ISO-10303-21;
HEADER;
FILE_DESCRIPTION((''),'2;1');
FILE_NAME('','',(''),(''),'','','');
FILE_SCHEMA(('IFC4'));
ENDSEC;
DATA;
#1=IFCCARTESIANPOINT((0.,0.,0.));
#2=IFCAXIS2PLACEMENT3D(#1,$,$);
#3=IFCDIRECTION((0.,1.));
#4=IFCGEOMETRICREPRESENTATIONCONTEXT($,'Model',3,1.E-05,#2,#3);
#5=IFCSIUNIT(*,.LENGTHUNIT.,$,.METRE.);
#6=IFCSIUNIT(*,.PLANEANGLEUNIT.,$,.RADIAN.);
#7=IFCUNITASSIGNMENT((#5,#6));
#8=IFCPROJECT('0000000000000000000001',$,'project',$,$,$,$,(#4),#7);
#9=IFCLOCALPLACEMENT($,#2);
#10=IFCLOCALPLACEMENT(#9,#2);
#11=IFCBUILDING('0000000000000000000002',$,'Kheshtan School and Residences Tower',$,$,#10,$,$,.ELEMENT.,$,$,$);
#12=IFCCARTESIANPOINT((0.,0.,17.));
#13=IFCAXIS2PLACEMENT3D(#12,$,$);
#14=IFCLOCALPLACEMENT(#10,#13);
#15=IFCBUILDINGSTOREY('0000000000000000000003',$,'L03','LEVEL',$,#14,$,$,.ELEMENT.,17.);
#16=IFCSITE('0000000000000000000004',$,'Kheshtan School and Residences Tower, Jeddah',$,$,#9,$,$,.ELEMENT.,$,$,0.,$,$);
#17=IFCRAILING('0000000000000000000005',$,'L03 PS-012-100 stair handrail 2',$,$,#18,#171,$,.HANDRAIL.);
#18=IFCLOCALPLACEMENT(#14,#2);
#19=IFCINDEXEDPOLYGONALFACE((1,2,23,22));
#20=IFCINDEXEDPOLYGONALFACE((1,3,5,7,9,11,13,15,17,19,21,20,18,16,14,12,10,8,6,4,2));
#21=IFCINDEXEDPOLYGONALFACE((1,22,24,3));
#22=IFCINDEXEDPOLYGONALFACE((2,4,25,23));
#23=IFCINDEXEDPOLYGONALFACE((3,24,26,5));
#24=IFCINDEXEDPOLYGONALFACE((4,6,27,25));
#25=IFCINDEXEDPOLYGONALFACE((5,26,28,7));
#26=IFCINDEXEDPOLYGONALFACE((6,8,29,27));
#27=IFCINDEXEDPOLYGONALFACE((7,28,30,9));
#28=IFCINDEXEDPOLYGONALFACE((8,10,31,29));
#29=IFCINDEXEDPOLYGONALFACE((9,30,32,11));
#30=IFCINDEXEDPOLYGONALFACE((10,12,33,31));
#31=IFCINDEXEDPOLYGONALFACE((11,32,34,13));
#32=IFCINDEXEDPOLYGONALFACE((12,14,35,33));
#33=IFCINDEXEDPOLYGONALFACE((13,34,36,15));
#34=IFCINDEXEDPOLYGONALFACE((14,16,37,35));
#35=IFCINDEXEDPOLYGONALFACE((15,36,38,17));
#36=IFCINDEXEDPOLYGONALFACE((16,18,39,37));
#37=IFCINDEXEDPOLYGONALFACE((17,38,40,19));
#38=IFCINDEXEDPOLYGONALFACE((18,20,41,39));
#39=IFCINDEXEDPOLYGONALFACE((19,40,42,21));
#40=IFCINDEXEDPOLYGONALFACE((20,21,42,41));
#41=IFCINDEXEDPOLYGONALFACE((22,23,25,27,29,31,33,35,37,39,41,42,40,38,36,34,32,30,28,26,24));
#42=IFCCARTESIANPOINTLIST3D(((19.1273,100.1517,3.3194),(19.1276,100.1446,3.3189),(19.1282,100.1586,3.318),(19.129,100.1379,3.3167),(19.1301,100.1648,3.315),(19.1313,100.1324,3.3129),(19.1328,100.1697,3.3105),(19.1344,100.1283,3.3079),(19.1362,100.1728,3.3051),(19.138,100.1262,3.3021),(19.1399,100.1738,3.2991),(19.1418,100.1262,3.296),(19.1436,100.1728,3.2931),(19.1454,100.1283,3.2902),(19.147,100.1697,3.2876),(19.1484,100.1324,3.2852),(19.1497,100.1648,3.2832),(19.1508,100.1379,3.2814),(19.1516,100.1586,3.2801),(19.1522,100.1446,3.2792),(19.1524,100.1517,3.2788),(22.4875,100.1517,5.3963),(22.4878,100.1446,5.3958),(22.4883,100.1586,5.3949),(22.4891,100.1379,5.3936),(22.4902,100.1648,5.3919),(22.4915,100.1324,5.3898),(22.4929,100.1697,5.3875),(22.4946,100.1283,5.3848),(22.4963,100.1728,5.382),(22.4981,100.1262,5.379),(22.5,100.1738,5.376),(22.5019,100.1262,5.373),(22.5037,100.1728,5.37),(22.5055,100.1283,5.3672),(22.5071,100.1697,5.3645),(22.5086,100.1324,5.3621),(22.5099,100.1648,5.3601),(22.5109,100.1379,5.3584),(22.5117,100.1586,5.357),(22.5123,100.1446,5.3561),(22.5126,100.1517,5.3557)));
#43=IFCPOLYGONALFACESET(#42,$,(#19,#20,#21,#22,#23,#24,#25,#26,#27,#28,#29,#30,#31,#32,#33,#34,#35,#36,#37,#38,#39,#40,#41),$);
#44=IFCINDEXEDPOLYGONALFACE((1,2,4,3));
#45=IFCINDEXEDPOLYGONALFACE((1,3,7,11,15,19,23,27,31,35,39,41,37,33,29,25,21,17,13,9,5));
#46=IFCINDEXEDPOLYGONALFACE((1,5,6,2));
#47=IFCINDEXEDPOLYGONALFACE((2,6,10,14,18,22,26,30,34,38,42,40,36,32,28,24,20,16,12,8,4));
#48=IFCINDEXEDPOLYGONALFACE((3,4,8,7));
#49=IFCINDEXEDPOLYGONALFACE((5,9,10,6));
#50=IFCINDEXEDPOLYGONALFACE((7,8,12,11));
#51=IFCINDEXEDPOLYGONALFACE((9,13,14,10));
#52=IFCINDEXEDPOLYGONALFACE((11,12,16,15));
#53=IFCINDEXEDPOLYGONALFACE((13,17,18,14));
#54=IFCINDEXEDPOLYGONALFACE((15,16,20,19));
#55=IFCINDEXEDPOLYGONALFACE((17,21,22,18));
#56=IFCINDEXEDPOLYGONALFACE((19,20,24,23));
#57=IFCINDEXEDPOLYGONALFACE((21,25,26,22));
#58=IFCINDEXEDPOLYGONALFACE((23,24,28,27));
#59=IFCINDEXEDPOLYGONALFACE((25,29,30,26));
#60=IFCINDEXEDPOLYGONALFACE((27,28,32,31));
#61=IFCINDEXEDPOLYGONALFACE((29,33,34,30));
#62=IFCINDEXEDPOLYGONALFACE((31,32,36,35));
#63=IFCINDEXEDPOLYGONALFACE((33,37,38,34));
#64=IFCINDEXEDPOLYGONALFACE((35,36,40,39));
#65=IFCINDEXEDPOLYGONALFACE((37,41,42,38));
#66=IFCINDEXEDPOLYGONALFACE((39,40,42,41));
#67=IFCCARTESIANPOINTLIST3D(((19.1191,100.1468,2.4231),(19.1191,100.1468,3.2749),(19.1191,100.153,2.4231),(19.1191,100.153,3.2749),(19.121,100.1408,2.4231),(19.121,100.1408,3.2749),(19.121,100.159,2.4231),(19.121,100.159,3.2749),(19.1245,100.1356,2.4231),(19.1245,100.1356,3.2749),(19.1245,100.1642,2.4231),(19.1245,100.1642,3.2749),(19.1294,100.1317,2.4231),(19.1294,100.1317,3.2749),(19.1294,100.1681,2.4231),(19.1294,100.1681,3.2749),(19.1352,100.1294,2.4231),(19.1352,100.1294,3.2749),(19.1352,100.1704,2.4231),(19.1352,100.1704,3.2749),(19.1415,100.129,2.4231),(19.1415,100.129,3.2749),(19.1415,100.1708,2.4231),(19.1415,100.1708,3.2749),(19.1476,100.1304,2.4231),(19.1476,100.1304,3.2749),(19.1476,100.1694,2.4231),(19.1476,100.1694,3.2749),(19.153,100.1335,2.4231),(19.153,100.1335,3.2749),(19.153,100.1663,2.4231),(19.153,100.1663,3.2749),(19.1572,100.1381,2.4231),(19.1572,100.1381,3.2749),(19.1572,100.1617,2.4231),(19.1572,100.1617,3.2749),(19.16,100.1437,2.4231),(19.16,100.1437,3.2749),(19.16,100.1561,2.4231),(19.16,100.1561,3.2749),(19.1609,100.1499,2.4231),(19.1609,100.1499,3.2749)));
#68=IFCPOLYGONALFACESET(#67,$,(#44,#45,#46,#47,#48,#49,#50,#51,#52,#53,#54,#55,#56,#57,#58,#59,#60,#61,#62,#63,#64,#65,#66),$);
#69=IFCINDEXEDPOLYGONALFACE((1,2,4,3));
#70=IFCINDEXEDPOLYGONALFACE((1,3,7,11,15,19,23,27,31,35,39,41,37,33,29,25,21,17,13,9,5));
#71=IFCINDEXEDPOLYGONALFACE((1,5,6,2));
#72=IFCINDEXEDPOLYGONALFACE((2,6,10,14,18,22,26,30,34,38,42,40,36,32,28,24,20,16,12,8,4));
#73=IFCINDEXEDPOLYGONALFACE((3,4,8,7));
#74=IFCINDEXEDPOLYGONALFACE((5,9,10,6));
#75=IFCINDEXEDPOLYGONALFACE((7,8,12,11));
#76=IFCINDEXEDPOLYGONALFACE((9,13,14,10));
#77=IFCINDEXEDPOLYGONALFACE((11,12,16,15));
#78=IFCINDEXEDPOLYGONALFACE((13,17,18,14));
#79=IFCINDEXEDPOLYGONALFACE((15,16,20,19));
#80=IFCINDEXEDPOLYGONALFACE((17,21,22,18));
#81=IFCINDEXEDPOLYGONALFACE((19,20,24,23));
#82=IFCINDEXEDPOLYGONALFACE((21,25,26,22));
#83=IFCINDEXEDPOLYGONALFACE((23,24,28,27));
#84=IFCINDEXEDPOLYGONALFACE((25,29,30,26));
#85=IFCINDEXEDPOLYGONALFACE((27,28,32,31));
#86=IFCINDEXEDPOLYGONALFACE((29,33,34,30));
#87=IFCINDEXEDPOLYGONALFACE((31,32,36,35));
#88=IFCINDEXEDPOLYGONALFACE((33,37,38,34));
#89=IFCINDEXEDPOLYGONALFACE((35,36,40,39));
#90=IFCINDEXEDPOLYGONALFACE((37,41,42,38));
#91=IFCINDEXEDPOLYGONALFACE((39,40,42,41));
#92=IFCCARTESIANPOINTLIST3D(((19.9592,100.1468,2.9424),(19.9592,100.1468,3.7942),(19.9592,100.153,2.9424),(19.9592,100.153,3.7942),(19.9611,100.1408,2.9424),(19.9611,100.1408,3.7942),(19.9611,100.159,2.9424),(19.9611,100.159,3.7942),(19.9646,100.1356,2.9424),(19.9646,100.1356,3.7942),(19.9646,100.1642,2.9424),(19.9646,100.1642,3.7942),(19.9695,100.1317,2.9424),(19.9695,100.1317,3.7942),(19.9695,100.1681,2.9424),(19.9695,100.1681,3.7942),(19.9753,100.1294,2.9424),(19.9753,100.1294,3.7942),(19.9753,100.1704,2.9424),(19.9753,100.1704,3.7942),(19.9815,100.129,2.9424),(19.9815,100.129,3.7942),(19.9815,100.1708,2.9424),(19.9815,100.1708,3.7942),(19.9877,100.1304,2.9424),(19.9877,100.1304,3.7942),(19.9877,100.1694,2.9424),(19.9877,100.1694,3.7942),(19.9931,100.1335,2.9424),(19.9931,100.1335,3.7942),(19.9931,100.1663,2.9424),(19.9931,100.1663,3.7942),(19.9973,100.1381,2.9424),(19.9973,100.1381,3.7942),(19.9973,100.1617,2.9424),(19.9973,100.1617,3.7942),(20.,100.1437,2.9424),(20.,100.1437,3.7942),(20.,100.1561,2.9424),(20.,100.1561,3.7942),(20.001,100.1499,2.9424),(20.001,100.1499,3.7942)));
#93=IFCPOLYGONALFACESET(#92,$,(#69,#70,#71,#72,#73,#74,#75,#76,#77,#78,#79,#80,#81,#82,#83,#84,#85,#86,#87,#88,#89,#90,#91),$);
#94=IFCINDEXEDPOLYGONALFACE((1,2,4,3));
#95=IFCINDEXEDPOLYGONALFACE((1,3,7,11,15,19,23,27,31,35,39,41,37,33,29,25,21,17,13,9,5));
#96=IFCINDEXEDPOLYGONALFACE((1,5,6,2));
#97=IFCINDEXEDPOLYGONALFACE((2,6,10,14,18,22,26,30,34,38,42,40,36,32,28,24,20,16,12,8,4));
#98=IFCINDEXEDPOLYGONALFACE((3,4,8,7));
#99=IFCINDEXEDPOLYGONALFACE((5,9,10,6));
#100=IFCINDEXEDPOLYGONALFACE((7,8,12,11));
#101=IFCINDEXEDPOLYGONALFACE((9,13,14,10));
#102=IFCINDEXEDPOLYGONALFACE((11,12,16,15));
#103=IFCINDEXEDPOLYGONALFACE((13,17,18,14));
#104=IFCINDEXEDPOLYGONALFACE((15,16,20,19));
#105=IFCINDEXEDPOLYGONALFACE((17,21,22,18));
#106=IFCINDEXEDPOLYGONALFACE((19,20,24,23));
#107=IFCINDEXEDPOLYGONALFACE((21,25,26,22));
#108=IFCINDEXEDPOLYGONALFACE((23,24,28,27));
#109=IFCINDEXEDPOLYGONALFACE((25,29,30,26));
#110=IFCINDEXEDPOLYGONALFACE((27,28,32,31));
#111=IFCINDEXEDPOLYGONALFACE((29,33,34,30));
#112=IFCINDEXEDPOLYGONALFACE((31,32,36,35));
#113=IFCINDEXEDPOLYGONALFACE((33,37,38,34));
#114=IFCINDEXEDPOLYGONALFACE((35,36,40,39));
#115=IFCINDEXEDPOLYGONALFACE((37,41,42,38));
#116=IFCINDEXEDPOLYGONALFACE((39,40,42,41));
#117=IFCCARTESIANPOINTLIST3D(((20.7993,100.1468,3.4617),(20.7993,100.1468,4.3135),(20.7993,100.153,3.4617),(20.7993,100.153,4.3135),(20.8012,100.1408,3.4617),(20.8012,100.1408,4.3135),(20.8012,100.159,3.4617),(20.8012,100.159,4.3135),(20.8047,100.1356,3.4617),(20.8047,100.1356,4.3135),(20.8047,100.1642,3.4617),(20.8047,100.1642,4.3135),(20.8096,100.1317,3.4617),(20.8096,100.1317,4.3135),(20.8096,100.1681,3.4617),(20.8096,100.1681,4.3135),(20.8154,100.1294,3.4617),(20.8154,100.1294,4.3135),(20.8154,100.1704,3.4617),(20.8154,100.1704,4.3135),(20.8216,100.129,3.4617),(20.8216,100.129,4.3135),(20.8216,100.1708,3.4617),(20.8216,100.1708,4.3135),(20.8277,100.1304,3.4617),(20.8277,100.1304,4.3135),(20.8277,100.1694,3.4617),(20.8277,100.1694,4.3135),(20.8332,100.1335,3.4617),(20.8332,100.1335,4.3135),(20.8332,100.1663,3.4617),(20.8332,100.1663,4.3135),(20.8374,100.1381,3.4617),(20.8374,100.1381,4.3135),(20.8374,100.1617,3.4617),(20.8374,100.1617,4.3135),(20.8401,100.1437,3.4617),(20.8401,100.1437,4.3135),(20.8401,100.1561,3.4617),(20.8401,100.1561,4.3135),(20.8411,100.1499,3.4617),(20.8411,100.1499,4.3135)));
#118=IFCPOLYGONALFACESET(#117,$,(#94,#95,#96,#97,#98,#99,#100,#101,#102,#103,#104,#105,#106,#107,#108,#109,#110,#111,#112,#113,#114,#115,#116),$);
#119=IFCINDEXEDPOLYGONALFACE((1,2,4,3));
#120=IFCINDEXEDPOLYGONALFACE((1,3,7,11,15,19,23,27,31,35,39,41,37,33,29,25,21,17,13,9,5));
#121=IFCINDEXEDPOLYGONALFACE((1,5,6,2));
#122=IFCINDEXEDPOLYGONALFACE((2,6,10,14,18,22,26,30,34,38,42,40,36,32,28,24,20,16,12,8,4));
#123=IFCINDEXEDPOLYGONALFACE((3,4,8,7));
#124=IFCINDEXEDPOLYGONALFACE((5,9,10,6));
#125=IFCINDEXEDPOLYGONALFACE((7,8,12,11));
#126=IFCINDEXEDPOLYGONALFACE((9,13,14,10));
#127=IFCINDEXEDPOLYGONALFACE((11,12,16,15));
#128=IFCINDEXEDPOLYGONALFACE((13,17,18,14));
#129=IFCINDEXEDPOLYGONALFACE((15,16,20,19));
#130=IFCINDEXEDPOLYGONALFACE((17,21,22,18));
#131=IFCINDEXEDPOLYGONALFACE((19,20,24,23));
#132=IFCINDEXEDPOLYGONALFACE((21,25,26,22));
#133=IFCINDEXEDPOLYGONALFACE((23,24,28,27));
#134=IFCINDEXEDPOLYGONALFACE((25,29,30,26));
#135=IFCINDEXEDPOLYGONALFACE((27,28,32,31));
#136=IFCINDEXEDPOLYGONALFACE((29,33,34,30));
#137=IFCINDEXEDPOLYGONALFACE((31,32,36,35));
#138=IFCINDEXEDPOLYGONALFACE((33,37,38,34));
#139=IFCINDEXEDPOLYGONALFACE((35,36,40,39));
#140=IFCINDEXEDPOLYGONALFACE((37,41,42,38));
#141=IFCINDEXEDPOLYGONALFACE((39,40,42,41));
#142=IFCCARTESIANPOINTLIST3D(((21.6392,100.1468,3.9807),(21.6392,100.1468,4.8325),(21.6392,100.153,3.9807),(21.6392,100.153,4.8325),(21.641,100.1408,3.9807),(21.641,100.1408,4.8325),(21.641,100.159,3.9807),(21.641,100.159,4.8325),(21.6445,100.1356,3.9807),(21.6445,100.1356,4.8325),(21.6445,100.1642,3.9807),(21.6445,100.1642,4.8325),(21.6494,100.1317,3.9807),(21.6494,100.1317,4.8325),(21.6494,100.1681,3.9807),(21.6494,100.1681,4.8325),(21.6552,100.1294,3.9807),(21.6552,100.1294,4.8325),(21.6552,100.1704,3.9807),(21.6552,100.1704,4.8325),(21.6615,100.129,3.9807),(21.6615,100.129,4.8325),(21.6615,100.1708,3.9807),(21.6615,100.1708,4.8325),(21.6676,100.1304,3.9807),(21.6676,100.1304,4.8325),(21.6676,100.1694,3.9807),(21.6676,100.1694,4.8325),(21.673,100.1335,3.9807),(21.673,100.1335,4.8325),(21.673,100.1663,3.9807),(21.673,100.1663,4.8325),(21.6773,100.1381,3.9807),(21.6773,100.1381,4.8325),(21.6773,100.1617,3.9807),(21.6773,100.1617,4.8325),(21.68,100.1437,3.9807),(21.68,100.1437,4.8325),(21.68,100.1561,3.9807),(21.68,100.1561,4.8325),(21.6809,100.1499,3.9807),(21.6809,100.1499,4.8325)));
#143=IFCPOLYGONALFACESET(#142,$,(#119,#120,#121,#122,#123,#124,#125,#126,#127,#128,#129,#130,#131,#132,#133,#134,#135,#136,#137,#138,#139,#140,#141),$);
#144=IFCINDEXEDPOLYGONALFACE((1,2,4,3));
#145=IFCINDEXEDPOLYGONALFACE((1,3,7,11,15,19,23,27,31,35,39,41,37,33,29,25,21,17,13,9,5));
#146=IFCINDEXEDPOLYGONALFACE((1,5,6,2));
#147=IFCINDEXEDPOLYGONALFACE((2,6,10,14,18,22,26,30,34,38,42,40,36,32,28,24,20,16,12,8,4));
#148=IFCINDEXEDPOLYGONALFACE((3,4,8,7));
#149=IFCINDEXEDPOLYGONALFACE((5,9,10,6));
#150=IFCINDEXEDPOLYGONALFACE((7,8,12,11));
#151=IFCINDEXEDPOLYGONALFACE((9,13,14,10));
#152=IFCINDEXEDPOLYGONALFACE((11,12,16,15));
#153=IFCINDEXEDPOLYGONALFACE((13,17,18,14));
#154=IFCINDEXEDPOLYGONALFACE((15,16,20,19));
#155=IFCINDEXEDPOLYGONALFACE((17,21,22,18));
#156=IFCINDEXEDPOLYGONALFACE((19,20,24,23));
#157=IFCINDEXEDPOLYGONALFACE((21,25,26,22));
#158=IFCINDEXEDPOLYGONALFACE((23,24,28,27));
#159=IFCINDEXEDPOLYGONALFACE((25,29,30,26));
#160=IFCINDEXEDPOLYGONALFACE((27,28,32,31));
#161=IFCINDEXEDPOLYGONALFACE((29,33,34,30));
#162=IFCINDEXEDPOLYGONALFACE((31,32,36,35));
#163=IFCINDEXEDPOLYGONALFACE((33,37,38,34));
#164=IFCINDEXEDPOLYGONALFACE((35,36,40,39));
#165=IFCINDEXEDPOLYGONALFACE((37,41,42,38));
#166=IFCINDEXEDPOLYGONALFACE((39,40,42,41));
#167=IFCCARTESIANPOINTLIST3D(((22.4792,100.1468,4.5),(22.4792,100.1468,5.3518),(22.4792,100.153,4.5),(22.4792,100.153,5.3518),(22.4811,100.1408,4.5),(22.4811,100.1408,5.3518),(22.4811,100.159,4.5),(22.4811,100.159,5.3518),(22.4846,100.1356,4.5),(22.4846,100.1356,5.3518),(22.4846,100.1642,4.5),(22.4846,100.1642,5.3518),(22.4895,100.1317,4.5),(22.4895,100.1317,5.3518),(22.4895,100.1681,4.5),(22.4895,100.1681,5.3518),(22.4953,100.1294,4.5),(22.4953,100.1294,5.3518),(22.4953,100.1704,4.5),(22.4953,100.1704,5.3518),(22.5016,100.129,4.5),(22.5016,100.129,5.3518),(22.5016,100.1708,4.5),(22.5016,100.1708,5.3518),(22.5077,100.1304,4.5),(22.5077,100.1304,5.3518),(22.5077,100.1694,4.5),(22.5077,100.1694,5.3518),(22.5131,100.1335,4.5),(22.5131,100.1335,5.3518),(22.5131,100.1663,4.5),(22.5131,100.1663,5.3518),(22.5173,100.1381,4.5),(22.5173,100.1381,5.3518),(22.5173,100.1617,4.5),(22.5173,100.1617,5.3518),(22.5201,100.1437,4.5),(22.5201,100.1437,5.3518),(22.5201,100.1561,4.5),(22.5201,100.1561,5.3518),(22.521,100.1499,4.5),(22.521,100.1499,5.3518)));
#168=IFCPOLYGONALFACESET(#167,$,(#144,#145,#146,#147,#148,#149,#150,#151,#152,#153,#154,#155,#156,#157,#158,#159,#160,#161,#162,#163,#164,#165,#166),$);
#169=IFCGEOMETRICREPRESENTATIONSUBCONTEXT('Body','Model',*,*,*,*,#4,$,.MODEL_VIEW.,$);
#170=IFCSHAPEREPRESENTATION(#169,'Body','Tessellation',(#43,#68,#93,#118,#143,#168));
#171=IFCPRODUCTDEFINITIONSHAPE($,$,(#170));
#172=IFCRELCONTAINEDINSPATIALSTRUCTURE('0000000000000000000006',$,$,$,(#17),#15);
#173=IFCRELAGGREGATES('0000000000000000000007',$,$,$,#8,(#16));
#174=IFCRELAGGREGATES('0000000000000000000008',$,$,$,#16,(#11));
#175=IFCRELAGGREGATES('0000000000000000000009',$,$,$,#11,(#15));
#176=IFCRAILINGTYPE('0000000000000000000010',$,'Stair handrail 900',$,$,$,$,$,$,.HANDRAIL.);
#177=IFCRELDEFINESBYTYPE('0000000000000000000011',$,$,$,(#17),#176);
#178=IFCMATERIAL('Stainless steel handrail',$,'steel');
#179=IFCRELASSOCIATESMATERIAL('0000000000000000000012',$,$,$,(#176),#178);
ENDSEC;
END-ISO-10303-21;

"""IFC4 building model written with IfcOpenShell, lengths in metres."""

from ifc_helpers import new_model, si_unit, direction, frame, origin, origin_2d, place, context, subcontext, project, spatial, circle, extrude, material, type_object, element, save


model = new_model("IFC4")

# Units and contexts
model_context = context("Model", 3, precision=1e-05, world=origin(), true_north=direction((0.0, 1.0)))
body_context = subcontext(model_context, "Body", "Model", "MODEL_VIEW")
ifc_project = project(units=[si_unit("LENGTHUNIT", "METRE"), si_unit("PLANEANGLEUNIT", "RADIAN")], contexts=[model_context])

# Site, building, storey
site_placement = place(None, origin())
site = spatial("IfcSite", under=ifc_project, at=site_placement, Name="Kheshtan School and Residences Tower, Jeddah", CompositionType="ELEMENT", RefElevation=0.0)
building_placement = place(site_placement, origin())
building = spatial("IfcBuilding", under=site, at=building_placement, Name="Kheshtan School and Residences Tower", CompositionType="ELEMENT")
storey_placement = place(building_placement, frame((0.0, 0.0, 17.0)))
storey = spatial("IfcBuildingStorey", under=building, at=storey_placement, Name="L03", Description="LEVEL", CompositionType="ELEMENT", Elevation=17.0)

# Railing
ifc_material_1 = material(Name="Stainless steel handrail", Category="steel")
railing_type_1 = type_object("IfcRailingType", Name="Stair handrail 900", PredefinedType="HANDRAIL", material=ifc_material_1)
railing_1_placement = place(storey_placement, frame((19.1399, 100.1499, 2.4231)))
element("IfcRailing", 1, at=railing_1_placement, inside=storey, type_object=railing_type_1, Name="L03 PS-012-100 stair handrail 2", PredefinedType="HANDRAIL", context=body_context, shape_type="SweptSolid", body=[
    extrude(circle(Radius=0.0239, at=origin_2d()), frame((0.0, 0.0, 0.876), z_axis=(0.850623, 0.0, 0.525776), x_axis=(0.0, 1.0, 0.0)), (0.0, 0.0, 1.0), 3.9502),
    extrude(circle(Radius=0.021, at=origin_2d()), origin(), (0.0, 0.0, 1.0), 0.8518),
    extrude(circle(Radius=0.021, at=origin_2d()), frame((0.8401, 0.0, 0.5193)), (0.0, 0.0, 1.0), 0.8518),
    extrude(circle(Radius=0.021, at=origin_2d()), frame((1.6802, 0.0, 1.0386)), (0.0, 0.0, 1.0), 0.8518),
    extrude(circle(Radius=0.021, at=origin_2d()), frame((2.52, 0.0, 1.5576)), (0.0, 0.0, 1.0), 0.8518),
    extrude(circle(Radius=0.021, at=origin_2d()), frame((3.3601, 0.0, 2.0769)), (0.0, 0.0, 1.0), 0.8518),
])

save(model, "model.ifc")
